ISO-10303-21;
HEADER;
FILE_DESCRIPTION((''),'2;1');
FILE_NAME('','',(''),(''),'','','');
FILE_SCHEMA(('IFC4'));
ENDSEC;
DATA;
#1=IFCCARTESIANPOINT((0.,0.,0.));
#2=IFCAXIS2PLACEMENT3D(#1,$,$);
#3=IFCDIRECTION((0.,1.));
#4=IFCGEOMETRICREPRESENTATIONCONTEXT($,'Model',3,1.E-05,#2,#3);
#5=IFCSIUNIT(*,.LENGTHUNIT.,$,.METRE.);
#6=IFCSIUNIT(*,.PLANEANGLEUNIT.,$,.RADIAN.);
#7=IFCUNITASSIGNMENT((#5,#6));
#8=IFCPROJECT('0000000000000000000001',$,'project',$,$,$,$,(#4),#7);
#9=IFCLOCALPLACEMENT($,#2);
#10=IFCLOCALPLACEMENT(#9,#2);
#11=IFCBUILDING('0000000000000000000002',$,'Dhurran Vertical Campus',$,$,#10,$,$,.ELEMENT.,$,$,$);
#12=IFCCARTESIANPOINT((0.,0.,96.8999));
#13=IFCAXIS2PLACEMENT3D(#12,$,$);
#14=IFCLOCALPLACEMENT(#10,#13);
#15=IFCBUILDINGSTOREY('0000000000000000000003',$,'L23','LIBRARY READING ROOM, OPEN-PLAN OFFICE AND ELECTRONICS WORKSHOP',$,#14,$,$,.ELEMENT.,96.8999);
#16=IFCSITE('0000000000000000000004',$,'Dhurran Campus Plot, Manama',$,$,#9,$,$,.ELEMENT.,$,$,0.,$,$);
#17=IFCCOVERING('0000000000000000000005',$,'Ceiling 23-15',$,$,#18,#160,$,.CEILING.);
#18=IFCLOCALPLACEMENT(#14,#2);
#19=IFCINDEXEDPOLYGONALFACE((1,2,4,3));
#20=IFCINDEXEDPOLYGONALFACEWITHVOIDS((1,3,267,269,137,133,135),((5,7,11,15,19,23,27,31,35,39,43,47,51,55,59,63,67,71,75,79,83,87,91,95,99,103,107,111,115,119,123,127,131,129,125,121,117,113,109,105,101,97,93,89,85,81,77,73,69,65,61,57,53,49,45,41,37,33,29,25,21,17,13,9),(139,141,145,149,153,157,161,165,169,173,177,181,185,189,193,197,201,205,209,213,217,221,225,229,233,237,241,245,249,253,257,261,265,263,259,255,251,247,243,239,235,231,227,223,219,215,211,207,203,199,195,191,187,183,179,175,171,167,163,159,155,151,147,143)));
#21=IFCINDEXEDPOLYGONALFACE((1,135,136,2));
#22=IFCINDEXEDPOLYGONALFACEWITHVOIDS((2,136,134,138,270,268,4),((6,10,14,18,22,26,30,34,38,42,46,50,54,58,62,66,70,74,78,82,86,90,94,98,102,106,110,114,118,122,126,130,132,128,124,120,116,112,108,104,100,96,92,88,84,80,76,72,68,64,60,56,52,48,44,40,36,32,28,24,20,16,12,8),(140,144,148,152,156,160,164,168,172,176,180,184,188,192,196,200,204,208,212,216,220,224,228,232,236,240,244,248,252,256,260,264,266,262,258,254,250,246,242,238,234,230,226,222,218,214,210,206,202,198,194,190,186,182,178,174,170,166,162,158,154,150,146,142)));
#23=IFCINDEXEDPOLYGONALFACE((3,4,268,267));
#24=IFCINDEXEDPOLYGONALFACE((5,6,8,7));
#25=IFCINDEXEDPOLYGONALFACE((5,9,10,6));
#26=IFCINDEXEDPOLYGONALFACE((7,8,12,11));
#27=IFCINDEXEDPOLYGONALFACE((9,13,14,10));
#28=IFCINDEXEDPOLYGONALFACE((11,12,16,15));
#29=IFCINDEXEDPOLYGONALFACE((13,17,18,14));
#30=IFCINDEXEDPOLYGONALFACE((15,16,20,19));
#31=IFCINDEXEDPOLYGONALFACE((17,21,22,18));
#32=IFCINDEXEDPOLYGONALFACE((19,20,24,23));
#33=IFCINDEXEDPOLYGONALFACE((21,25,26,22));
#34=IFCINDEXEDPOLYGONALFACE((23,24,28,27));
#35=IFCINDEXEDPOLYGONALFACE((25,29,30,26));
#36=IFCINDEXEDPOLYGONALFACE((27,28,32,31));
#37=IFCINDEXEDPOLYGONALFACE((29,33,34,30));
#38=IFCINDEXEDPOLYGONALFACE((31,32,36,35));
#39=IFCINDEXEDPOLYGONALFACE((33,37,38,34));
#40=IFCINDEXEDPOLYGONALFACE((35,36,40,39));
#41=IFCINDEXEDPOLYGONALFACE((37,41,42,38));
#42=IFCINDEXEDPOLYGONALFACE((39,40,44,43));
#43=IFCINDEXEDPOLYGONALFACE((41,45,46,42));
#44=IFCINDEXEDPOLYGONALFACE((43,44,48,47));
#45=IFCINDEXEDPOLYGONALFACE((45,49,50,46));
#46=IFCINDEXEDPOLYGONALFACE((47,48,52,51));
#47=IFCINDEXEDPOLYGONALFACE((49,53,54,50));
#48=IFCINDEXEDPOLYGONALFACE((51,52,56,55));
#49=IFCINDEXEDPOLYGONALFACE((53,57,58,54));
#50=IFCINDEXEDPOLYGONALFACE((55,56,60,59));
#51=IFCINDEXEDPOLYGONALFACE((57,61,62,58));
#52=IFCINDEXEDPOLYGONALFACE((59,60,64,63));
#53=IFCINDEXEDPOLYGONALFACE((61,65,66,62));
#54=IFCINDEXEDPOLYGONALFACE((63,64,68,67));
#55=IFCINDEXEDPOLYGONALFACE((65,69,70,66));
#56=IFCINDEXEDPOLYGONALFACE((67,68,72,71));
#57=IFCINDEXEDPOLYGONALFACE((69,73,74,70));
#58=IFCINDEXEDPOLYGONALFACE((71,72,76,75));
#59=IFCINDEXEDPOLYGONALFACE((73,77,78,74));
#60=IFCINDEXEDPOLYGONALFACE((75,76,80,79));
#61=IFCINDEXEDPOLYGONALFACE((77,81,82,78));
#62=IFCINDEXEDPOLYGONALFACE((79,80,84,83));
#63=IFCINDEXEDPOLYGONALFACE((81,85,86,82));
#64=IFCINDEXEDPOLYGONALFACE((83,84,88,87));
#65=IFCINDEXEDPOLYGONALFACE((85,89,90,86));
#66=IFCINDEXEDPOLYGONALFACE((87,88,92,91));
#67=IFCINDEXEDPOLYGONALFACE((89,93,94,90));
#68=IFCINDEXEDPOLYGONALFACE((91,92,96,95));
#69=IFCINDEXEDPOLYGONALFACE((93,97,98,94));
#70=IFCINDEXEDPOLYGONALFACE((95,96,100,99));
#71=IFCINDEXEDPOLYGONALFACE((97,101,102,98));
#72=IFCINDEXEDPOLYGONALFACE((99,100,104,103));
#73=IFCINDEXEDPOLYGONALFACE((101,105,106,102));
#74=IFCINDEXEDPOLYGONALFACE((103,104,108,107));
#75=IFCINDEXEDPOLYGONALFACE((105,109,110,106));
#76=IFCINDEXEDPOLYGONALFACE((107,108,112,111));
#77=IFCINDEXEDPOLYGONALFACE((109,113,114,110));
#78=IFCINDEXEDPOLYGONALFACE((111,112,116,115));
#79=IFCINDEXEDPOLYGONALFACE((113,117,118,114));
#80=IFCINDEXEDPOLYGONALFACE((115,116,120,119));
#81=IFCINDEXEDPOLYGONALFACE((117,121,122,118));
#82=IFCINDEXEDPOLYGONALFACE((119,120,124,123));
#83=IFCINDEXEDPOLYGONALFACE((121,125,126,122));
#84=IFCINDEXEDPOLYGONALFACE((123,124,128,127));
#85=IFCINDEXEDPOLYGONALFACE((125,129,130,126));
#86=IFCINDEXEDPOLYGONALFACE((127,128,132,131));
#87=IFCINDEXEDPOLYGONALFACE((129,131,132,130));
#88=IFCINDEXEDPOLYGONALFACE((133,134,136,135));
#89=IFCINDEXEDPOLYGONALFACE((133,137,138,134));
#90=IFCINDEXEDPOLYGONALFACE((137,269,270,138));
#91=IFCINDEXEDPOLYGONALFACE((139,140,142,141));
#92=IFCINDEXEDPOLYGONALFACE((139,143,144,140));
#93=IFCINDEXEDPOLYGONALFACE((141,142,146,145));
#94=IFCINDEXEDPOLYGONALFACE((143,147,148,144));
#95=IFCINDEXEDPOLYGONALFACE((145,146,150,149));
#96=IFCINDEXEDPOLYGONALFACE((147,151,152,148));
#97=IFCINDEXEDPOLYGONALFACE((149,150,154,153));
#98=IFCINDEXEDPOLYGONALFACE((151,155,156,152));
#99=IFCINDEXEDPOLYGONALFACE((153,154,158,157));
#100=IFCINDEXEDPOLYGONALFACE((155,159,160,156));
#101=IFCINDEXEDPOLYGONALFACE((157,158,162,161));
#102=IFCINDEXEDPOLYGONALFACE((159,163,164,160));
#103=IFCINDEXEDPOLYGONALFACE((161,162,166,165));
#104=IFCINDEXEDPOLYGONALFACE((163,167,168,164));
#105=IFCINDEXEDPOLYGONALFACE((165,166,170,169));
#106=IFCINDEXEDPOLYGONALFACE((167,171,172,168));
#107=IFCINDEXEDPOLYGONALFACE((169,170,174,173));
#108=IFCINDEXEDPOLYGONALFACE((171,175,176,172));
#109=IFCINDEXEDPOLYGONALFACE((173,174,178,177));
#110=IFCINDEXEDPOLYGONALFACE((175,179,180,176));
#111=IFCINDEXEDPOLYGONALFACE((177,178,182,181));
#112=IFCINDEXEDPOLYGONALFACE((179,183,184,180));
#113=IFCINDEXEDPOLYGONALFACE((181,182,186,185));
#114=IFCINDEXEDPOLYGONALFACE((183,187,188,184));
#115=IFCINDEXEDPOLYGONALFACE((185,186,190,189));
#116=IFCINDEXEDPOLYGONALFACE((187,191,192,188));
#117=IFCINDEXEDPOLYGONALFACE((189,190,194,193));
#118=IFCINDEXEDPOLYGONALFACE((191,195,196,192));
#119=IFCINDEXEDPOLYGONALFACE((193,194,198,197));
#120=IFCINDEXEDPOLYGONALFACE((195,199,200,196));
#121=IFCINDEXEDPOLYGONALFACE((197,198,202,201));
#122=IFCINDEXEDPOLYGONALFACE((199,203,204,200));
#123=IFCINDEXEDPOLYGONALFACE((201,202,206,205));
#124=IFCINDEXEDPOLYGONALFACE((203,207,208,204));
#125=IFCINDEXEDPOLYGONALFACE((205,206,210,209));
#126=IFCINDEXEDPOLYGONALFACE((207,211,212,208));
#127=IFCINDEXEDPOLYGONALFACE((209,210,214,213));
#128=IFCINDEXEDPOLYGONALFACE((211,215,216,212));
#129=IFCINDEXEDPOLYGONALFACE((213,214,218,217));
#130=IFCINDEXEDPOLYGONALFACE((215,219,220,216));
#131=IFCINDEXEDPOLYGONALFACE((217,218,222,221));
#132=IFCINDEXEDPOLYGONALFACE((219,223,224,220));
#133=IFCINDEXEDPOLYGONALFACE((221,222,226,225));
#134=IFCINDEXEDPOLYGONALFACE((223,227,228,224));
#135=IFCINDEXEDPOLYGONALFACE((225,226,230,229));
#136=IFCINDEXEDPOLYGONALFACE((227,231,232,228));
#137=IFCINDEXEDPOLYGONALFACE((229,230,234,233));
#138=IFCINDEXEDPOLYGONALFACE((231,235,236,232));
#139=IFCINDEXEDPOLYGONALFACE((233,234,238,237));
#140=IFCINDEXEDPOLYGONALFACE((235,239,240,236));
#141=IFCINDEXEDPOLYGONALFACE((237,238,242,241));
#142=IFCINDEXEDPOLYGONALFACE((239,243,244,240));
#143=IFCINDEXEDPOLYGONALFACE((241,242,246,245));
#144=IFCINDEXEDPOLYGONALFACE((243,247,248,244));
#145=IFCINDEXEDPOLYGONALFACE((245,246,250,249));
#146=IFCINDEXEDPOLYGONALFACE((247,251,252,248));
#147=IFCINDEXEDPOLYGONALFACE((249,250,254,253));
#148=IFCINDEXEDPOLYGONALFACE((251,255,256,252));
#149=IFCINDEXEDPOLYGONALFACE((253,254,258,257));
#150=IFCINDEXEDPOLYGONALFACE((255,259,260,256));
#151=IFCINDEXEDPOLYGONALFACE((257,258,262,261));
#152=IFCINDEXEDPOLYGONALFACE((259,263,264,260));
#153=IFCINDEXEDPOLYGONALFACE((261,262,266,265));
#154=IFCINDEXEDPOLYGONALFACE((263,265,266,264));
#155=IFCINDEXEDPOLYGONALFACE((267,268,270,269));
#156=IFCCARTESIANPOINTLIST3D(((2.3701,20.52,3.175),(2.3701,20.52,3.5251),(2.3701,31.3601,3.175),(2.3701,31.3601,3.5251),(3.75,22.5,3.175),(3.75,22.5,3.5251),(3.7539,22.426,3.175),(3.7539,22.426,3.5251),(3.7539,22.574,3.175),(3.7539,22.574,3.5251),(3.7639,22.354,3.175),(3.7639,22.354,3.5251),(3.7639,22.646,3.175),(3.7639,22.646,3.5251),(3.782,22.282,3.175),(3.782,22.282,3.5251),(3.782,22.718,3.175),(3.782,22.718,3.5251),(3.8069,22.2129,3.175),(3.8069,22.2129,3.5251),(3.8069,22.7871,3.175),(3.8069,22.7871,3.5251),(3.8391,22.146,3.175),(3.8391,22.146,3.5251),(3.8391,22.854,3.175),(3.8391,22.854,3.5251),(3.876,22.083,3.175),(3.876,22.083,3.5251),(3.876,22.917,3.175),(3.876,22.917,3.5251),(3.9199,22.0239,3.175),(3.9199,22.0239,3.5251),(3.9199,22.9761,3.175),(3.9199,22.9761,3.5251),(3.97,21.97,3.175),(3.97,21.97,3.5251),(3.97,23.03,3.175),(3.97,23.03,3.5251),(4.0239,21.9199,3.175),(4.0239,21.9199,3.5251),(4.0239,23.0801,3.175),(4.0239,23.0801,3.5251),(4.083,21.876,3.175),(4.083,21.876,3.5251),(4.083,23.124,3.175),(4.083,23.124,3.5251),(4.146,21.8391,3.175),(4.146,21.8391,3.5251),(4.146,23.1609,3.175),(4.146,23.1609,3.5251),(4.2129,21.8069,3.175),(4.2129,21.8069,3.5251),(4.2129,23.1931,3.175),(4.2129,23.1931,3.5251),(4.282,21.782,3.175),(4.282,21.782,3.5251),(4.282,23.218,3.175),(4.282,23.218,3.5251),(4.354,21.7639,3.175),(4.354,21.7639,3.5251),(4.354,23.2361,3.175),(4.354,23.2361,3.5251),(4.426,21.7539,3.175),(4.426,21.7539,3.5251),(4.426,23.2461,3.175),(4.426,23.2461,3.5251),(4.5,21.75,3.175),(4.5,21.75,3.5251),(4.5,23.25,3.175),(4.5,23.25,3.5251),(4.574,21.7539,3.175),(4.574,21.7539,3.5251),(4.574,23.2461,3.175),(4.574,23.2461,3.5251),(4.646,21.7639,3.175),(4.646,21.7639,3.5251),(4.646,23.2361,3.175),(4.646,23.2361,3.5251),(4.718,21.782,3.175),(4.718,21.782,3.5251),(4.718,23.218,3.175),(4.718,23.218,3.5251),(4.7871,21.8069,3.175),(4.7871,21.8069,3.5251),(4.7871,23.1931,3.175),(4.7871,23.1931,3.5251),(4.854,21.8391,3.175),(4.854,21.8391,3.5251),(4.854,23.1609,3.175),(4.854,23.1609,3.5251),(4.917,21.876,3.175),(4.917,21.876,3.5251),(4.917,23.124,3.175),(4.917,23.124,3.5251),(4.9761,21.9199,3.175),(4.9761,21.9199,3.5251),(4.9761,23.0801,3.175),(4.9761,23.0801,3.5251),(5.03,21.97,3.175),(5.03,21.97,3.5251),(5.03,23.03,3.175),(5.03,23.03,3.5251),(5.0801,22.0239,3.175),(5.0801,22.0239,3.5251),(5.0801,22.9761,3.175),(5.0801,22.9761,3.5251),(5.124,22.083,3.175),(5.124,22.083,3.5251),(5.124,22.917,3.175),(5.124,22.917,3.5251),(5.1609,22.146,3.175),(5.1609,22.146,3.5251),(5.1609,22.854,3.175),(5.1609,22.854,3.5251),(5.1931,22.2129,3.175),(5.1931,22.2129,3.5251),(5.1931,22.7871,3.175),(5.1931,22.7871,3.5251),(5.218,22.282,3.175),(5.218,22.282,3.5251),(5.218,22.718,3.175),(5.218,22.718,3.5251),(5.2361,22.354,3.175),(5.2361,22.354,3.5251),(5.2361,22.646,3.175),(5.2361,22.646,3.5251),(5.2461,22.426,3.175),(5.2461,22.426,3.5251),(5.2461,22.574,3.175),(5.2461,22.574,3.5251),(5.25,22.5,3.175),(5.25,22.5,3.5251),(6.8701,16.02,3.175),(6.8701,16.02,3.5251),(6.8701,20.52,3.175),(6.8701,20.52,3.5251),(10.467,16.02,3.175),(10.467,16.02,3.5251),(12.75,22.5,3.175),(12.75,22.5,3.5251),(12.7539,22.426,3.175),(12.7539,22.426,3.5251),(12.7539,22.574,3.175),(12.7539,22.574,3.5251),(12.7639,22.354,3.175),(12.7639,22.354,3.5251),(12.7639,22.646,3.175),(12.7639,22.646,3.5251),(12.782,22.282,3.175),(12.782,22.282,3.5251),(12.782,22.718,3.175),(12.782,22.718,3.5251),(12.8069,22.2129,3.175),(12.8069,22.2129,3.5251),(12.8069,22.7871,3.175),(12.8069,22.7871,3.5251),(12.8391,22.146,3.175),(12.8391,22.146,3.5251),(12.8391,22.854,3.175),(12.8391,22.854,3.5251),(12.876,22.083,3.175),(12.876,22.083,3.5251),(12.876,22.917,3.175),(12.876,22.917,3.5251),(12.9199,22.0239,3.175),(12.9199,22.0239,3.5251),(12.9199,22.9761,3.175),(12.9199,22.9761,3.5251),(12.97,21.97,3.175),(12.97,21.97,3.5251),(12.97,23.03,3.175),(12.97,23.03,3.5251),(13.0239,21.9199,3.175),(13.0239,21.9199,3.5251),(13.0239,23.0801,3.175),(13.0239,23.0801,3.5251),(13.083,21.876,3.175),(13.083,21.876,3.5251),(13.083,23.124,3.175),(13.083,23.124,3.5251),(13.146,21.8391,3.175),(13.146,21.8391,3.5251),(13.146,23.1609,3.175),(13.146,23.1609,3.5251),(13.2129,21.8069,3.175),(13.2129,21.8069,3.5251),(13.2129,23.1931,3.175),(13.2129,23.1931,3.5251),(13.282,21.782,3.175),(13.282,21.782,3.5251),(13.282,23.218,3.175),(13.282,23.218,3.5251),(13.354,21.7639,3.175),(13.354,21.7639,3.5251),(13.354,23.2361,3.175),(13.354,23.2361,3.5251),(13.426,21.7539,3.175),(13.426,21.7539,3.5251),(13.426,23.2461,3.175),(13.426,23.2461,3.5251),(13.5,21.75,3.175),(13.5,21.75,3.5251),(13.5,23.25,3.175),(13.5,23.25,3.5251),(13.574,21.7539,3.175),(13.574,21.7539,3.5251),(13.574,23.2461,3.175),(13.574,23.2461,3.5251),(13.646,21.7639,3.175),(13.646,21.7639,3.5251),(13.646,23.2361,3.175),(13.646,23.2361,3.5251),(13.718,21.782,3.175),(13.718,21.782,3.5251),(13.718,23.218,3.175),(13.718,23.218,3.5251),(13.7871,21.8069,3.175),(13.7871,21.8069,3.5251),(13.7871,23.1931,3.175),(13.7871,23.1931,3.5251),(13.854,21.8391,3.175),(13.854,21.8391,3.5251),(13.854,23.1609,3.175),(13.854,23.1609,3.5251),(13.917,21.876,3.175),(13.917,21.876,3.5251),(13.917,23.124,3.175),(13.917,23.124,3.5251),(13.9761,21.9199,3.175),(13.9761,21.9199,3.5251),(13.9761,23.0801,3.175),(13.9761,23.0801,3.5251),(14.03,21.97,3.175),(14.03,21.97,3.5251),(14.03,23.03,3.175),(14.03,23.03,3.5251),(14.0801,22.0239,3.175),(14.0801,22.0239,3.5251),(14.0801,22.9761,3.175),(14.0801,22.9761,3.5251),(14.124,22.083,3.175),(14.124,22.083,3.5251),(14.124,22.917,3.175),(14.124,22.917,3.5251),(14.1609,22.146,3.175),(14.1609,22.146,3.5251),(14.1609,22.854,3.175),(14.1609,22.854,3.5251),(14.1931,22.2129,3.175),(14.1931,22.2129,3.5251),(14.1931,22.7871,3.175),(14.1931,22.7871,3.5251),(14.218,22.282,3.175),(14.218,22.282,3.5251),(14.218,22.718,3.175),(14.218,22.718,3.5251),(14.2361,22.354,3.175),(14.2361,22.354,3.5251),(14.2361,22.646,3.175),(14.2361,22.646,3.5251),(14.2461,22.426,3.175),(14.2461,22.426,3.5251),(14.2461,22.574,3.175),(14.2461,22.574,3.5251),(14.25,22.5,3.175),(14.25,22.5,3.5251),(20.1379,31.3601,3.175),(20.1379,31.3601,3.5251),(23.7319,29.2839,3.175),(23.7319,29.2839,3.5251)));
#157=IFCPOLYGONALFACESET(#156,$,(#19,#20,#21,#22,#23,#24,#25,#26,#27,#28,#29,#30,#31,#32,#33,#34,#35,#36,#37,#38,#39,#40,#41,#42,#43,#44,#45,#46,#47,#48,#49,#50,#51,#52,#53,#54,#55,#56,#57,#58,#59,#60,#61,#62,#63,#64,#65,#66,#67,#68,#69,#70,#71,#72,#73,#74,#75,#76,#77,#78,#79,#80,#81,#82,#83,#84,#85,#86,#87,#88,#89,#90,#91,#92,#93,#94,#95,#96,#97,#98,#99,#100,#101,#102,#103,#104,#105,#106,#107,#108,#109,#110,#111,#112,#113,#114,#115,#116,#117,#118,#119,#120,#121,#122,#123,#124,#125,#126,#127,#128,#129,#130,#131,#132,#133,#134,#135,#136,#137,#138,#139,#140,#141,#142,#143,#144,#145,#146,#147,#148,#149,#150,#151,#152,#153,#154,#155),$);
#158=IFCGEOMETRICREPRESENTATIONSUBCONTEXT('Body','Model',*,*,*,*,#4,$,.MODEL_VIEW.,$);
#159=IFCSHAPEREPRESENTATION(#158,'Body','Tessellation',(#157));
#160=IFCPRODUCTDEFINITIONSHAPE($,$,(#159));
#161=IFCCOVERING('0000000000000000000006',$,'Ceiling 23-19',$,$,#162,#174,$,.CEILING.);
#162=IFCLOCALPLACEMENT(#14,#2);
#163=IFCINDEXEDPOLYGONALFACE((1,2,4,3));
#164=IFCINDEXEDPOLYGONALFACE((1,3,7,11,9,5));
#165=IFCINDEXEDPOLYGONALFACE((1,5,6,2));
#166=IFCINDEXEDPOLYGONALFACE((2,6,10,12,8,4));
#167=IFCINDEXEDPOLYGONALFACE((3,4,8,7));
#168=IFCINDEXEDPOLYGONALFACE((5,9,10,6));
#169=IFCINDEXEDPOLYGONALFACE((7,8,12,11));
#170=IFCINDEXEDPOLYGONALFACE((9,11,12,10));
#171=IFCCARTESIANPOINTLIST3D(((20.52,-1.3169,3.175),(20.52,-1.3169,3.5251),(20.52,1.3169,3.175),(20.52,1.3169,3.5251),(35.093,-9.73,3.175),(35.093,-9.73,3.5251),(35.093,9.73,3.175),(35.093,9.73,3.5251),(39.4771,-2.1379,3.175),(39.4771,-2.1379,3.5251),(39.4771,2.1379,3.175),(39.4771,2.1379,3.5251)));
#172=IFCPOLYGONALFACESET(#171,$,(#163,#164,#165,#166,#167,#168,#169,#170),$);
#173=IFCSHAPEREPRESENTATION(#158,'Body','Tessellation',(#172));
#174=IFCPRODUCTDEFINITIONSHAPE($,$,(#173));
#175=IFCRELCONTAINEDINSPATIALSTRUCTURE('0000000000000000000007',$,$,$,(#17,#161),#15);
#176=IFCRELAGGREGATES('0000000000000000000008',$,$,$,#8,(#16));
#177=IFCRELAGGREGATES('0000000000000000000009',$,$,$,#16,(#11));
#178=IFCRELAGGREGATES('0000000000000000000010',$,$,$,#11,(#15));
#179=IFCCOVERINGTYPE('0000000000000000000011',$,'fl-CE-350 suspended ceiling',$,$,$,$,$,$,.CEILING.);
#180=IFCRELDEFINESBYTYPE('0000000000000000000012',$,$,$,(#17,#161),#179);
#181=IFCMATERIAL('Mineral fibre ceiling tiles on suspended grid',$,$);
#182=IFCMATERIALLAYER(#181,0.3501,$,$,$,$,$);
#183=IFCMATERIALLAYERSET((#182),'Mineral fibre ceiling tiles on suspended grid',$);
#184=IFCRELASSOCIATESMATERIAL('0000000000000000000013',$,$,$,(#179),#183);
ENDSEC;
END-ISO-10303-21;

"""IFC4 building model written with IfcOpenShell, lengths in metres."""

from ifc_helpers import new_model, si_unit, direction, frame, origin, place, context, subcontext, project, spatial, polyline, outline, extrude, material, layer, layer_set, type_object, element, save


model = new_model("IFC4")

# Units and contexts
model_context = context("Model", 3, precision=1e-05, world=origin(), true_north=direction((0.0, 1.0)))
body_context = subcontext(model_context, "Body", "Model", "MODEL_VIEW")
ifc_project = project(units=[si_unit("LENGTHUNIT", "METRE"), si_unit("PLANEANGLEUNIT", "RADIAN")], contexts=[model_context])

# Site, building, storey
site_placement = place(None, origin())
site = spatial("IfcSite", under=ifc_project, at=site_placement, Name="Dhurran Campus Plot, Manama", CompositionType="ELEMENT", RefElevation=0.0)
building_placement = place(site_placement, origin())
building = spatial("IfcBuilding", under=site, at=building_placement, Name="Dhurran Vertical Campus", CompositionType="ELEMENT")
storey_placement = place(building_placement, frame((0.0, 0.0, 96.8999)))
storey = spatial("IfcBuildingStorey", under=building, at=storey_placement, Name="L23", Description="LIBRARY READING ROOM, OPEN-PLAN OFFICE AND ELECTRONICS WORKSHOP", CompositionType="ELEMENT", Elevation=96.8999)

# Coverings
ifc_material_1 = material(Name="Mineral fibre ceiling tiles on suspended grid")
ifc_layer_1 = layer(ifc_material_1, 0.3501)
ifc_layer_set_1 = layer_set([ifc_layer_1], Name="Mineral fibre ceiling tiles on suspended grid")
covering_type = type_object("IfcCoveringType", Name="fl-CE-350 suspended ceiling", PredefinedType="CEILING", material=ifc_layer_set_1)
covering_1_placement = place(storey_placement, frame((0.0, 0.0, 3.175)))
element("IfcCovering", 1, at=covering_1_placement, inside=storey, type_object=covering_type, Name="Ceiling 23-15", PredefinedType="CEILING", context=body_context, shape_type="SweptSolid", body=[
    extrude(outline(polyline([(10.467, 16.02), (6.8701, 16.02), (6.8701, 20.52), (2.3701, 20.52), (2.3701, 31.3601), (20.1379, 31.3601), (23.7319, 29.2839), (10.467, 16.02)]), holes=[polyline([(5.0801, 22.9761), (5.03, 23.03), (4.9761, 23.0801), (4.917, 23.124), (4.854, 23.1609), (4.7871, 23.1931), (4.718, 23.218), (4.646, 23.2361), (4.574, 23.2461), (4.5, 23.25), (4.426, 23.2461), (4.354, 23.2361), (4.282, 23.218), (4.2129, 23.1931), (4.146, 23.1609), (4.083, 23.124), (4.0239, 23.0801), (3.97, 23.03), (3.9199, 22.9761), (3.876, 22.917), (3.8391, 22.854), (3.8069, 22.7871), (3.782, 22.718), (3.7639, 22.646), (3.7539, 22.574), (3.75, 22.5), (3.7539, 22.426), (3.7639, 22.354), (3.782, 22.282), (3.8069, 22.2129), (3.8391, 22.146), (3.876, 22.083), (3.9199, 22.0239), (3.97, 21.97), (4.0239, 21.9199), (4.083, 21.876), (4.146, 21.8391), (4.2129, 21.8069), (4.282, 21.782), (4.354, 21.7639), (4.426, 21.7539), (4.5, 21.75), (4.574, 21.7539), (4.646, 21.7639), (4.718, 21.782), (4.7871, 21.8069), (4.854, 21.8391), (4.917, 21.876), (4.9761, 21.9199), (5.03, 21.97), (5.0801, 22.0239), (5.124, 22.083), (5.1609, 22.146), (5.1931, 22.2129), (5.218, 22.282), (5.2361, 22.354), (5.2461, 22.426), (5.25, 22.5), (5.2461, 22.574), (5.2361, 22.646), (5.218, 22.718), (5.1931, 22.7871), (5.1609, 22.854), (5.124, 22.917), (5.0801, 22.9761)]), polyline([(14.1609, 22.854), (14.124, 22.917), (14.0801, 22.9761), (14.03, 23.03), (13.9761, 23.0801), (13.917, 23.124), (13.854, 23.1609), (13.7871, 23.1931), (13.718, 23.218), (13.646, 23.2361), (13.574, 23.2461), (13.5, 23.25), (13.426, 23.2461), (13.354, 23.2361), (13.282, 23.218), (13.2129, 23.1931), (13.146, 23.1609), (13.083, 23.124), (13.0239, 23.0801), (12.97, 23.03), (12.9199, 22.9761), (12.876, 22.917), (12.8391, 22.854), (12.8069, 22.7871), (12.782, 22.718), (12.7639, 22.646), (12.7539, 22.574), (12.75, 22.5), (12.7539, 22.426), (12.7639, 22.354), (12.782, 22.282), (12.8069, 22.2129), (12.8391, 22.146), (12.876, 22.083), (12.9199, 22.0239), (12.97, 21.97), (13.0239, 21.9199), (13.083, 21.876), (13.146, 21.8391), (13.2129, 21.8069), (13.282, 21.782), (13.354, 21.7639), (13.426, 21.7539), (13.5, 21.75), (13.574, 21.7539), (13.646, 21.7639), (13.718, 21.782), (13.7871, 21.8069), (13.854, 21.8391), (13.917, 21.876), (13.9761, 21.9199), (14.03, 21.97), (14.0801, 22.0239), (14.124, 22.083), (14.1609, 22.146), (14.1931, 22.2129), (14.218, 22.282), (14.2361, 22.354), (14.2461, 22.426), (14.25, 22.5), (14.2461, 22.574), (14.2361, 22.646), (14.218, 22.718), (14.1931, 22.7871), (14.1609, 22.854)])]), origin(), (0.0, 0.0, 1.0), 0.3501),
])
covering_2_placement = place(storey_placement, frame((0.0, 0.0, 3.175)))
element("IfcCovering", 2, at=covering_2_placement, inside=storey, type_object=covering_type, Name="Ceiling 23-19", PredefinedType="CEILING", context=body_context, shape_type="SweptSolid", body=[
    extrude(outline(polyline([(20.52, -1.3169), (20.52, 1.3169), (35.093, 9.73), (39.4771, 2.1379), (39.4771, -2.1379), (35.093, -9.73), (20.52, -1.3169)])), origin(), (0.0, 0.0, 1.0), 0.3501),
])

save(model, "model.ifc")
